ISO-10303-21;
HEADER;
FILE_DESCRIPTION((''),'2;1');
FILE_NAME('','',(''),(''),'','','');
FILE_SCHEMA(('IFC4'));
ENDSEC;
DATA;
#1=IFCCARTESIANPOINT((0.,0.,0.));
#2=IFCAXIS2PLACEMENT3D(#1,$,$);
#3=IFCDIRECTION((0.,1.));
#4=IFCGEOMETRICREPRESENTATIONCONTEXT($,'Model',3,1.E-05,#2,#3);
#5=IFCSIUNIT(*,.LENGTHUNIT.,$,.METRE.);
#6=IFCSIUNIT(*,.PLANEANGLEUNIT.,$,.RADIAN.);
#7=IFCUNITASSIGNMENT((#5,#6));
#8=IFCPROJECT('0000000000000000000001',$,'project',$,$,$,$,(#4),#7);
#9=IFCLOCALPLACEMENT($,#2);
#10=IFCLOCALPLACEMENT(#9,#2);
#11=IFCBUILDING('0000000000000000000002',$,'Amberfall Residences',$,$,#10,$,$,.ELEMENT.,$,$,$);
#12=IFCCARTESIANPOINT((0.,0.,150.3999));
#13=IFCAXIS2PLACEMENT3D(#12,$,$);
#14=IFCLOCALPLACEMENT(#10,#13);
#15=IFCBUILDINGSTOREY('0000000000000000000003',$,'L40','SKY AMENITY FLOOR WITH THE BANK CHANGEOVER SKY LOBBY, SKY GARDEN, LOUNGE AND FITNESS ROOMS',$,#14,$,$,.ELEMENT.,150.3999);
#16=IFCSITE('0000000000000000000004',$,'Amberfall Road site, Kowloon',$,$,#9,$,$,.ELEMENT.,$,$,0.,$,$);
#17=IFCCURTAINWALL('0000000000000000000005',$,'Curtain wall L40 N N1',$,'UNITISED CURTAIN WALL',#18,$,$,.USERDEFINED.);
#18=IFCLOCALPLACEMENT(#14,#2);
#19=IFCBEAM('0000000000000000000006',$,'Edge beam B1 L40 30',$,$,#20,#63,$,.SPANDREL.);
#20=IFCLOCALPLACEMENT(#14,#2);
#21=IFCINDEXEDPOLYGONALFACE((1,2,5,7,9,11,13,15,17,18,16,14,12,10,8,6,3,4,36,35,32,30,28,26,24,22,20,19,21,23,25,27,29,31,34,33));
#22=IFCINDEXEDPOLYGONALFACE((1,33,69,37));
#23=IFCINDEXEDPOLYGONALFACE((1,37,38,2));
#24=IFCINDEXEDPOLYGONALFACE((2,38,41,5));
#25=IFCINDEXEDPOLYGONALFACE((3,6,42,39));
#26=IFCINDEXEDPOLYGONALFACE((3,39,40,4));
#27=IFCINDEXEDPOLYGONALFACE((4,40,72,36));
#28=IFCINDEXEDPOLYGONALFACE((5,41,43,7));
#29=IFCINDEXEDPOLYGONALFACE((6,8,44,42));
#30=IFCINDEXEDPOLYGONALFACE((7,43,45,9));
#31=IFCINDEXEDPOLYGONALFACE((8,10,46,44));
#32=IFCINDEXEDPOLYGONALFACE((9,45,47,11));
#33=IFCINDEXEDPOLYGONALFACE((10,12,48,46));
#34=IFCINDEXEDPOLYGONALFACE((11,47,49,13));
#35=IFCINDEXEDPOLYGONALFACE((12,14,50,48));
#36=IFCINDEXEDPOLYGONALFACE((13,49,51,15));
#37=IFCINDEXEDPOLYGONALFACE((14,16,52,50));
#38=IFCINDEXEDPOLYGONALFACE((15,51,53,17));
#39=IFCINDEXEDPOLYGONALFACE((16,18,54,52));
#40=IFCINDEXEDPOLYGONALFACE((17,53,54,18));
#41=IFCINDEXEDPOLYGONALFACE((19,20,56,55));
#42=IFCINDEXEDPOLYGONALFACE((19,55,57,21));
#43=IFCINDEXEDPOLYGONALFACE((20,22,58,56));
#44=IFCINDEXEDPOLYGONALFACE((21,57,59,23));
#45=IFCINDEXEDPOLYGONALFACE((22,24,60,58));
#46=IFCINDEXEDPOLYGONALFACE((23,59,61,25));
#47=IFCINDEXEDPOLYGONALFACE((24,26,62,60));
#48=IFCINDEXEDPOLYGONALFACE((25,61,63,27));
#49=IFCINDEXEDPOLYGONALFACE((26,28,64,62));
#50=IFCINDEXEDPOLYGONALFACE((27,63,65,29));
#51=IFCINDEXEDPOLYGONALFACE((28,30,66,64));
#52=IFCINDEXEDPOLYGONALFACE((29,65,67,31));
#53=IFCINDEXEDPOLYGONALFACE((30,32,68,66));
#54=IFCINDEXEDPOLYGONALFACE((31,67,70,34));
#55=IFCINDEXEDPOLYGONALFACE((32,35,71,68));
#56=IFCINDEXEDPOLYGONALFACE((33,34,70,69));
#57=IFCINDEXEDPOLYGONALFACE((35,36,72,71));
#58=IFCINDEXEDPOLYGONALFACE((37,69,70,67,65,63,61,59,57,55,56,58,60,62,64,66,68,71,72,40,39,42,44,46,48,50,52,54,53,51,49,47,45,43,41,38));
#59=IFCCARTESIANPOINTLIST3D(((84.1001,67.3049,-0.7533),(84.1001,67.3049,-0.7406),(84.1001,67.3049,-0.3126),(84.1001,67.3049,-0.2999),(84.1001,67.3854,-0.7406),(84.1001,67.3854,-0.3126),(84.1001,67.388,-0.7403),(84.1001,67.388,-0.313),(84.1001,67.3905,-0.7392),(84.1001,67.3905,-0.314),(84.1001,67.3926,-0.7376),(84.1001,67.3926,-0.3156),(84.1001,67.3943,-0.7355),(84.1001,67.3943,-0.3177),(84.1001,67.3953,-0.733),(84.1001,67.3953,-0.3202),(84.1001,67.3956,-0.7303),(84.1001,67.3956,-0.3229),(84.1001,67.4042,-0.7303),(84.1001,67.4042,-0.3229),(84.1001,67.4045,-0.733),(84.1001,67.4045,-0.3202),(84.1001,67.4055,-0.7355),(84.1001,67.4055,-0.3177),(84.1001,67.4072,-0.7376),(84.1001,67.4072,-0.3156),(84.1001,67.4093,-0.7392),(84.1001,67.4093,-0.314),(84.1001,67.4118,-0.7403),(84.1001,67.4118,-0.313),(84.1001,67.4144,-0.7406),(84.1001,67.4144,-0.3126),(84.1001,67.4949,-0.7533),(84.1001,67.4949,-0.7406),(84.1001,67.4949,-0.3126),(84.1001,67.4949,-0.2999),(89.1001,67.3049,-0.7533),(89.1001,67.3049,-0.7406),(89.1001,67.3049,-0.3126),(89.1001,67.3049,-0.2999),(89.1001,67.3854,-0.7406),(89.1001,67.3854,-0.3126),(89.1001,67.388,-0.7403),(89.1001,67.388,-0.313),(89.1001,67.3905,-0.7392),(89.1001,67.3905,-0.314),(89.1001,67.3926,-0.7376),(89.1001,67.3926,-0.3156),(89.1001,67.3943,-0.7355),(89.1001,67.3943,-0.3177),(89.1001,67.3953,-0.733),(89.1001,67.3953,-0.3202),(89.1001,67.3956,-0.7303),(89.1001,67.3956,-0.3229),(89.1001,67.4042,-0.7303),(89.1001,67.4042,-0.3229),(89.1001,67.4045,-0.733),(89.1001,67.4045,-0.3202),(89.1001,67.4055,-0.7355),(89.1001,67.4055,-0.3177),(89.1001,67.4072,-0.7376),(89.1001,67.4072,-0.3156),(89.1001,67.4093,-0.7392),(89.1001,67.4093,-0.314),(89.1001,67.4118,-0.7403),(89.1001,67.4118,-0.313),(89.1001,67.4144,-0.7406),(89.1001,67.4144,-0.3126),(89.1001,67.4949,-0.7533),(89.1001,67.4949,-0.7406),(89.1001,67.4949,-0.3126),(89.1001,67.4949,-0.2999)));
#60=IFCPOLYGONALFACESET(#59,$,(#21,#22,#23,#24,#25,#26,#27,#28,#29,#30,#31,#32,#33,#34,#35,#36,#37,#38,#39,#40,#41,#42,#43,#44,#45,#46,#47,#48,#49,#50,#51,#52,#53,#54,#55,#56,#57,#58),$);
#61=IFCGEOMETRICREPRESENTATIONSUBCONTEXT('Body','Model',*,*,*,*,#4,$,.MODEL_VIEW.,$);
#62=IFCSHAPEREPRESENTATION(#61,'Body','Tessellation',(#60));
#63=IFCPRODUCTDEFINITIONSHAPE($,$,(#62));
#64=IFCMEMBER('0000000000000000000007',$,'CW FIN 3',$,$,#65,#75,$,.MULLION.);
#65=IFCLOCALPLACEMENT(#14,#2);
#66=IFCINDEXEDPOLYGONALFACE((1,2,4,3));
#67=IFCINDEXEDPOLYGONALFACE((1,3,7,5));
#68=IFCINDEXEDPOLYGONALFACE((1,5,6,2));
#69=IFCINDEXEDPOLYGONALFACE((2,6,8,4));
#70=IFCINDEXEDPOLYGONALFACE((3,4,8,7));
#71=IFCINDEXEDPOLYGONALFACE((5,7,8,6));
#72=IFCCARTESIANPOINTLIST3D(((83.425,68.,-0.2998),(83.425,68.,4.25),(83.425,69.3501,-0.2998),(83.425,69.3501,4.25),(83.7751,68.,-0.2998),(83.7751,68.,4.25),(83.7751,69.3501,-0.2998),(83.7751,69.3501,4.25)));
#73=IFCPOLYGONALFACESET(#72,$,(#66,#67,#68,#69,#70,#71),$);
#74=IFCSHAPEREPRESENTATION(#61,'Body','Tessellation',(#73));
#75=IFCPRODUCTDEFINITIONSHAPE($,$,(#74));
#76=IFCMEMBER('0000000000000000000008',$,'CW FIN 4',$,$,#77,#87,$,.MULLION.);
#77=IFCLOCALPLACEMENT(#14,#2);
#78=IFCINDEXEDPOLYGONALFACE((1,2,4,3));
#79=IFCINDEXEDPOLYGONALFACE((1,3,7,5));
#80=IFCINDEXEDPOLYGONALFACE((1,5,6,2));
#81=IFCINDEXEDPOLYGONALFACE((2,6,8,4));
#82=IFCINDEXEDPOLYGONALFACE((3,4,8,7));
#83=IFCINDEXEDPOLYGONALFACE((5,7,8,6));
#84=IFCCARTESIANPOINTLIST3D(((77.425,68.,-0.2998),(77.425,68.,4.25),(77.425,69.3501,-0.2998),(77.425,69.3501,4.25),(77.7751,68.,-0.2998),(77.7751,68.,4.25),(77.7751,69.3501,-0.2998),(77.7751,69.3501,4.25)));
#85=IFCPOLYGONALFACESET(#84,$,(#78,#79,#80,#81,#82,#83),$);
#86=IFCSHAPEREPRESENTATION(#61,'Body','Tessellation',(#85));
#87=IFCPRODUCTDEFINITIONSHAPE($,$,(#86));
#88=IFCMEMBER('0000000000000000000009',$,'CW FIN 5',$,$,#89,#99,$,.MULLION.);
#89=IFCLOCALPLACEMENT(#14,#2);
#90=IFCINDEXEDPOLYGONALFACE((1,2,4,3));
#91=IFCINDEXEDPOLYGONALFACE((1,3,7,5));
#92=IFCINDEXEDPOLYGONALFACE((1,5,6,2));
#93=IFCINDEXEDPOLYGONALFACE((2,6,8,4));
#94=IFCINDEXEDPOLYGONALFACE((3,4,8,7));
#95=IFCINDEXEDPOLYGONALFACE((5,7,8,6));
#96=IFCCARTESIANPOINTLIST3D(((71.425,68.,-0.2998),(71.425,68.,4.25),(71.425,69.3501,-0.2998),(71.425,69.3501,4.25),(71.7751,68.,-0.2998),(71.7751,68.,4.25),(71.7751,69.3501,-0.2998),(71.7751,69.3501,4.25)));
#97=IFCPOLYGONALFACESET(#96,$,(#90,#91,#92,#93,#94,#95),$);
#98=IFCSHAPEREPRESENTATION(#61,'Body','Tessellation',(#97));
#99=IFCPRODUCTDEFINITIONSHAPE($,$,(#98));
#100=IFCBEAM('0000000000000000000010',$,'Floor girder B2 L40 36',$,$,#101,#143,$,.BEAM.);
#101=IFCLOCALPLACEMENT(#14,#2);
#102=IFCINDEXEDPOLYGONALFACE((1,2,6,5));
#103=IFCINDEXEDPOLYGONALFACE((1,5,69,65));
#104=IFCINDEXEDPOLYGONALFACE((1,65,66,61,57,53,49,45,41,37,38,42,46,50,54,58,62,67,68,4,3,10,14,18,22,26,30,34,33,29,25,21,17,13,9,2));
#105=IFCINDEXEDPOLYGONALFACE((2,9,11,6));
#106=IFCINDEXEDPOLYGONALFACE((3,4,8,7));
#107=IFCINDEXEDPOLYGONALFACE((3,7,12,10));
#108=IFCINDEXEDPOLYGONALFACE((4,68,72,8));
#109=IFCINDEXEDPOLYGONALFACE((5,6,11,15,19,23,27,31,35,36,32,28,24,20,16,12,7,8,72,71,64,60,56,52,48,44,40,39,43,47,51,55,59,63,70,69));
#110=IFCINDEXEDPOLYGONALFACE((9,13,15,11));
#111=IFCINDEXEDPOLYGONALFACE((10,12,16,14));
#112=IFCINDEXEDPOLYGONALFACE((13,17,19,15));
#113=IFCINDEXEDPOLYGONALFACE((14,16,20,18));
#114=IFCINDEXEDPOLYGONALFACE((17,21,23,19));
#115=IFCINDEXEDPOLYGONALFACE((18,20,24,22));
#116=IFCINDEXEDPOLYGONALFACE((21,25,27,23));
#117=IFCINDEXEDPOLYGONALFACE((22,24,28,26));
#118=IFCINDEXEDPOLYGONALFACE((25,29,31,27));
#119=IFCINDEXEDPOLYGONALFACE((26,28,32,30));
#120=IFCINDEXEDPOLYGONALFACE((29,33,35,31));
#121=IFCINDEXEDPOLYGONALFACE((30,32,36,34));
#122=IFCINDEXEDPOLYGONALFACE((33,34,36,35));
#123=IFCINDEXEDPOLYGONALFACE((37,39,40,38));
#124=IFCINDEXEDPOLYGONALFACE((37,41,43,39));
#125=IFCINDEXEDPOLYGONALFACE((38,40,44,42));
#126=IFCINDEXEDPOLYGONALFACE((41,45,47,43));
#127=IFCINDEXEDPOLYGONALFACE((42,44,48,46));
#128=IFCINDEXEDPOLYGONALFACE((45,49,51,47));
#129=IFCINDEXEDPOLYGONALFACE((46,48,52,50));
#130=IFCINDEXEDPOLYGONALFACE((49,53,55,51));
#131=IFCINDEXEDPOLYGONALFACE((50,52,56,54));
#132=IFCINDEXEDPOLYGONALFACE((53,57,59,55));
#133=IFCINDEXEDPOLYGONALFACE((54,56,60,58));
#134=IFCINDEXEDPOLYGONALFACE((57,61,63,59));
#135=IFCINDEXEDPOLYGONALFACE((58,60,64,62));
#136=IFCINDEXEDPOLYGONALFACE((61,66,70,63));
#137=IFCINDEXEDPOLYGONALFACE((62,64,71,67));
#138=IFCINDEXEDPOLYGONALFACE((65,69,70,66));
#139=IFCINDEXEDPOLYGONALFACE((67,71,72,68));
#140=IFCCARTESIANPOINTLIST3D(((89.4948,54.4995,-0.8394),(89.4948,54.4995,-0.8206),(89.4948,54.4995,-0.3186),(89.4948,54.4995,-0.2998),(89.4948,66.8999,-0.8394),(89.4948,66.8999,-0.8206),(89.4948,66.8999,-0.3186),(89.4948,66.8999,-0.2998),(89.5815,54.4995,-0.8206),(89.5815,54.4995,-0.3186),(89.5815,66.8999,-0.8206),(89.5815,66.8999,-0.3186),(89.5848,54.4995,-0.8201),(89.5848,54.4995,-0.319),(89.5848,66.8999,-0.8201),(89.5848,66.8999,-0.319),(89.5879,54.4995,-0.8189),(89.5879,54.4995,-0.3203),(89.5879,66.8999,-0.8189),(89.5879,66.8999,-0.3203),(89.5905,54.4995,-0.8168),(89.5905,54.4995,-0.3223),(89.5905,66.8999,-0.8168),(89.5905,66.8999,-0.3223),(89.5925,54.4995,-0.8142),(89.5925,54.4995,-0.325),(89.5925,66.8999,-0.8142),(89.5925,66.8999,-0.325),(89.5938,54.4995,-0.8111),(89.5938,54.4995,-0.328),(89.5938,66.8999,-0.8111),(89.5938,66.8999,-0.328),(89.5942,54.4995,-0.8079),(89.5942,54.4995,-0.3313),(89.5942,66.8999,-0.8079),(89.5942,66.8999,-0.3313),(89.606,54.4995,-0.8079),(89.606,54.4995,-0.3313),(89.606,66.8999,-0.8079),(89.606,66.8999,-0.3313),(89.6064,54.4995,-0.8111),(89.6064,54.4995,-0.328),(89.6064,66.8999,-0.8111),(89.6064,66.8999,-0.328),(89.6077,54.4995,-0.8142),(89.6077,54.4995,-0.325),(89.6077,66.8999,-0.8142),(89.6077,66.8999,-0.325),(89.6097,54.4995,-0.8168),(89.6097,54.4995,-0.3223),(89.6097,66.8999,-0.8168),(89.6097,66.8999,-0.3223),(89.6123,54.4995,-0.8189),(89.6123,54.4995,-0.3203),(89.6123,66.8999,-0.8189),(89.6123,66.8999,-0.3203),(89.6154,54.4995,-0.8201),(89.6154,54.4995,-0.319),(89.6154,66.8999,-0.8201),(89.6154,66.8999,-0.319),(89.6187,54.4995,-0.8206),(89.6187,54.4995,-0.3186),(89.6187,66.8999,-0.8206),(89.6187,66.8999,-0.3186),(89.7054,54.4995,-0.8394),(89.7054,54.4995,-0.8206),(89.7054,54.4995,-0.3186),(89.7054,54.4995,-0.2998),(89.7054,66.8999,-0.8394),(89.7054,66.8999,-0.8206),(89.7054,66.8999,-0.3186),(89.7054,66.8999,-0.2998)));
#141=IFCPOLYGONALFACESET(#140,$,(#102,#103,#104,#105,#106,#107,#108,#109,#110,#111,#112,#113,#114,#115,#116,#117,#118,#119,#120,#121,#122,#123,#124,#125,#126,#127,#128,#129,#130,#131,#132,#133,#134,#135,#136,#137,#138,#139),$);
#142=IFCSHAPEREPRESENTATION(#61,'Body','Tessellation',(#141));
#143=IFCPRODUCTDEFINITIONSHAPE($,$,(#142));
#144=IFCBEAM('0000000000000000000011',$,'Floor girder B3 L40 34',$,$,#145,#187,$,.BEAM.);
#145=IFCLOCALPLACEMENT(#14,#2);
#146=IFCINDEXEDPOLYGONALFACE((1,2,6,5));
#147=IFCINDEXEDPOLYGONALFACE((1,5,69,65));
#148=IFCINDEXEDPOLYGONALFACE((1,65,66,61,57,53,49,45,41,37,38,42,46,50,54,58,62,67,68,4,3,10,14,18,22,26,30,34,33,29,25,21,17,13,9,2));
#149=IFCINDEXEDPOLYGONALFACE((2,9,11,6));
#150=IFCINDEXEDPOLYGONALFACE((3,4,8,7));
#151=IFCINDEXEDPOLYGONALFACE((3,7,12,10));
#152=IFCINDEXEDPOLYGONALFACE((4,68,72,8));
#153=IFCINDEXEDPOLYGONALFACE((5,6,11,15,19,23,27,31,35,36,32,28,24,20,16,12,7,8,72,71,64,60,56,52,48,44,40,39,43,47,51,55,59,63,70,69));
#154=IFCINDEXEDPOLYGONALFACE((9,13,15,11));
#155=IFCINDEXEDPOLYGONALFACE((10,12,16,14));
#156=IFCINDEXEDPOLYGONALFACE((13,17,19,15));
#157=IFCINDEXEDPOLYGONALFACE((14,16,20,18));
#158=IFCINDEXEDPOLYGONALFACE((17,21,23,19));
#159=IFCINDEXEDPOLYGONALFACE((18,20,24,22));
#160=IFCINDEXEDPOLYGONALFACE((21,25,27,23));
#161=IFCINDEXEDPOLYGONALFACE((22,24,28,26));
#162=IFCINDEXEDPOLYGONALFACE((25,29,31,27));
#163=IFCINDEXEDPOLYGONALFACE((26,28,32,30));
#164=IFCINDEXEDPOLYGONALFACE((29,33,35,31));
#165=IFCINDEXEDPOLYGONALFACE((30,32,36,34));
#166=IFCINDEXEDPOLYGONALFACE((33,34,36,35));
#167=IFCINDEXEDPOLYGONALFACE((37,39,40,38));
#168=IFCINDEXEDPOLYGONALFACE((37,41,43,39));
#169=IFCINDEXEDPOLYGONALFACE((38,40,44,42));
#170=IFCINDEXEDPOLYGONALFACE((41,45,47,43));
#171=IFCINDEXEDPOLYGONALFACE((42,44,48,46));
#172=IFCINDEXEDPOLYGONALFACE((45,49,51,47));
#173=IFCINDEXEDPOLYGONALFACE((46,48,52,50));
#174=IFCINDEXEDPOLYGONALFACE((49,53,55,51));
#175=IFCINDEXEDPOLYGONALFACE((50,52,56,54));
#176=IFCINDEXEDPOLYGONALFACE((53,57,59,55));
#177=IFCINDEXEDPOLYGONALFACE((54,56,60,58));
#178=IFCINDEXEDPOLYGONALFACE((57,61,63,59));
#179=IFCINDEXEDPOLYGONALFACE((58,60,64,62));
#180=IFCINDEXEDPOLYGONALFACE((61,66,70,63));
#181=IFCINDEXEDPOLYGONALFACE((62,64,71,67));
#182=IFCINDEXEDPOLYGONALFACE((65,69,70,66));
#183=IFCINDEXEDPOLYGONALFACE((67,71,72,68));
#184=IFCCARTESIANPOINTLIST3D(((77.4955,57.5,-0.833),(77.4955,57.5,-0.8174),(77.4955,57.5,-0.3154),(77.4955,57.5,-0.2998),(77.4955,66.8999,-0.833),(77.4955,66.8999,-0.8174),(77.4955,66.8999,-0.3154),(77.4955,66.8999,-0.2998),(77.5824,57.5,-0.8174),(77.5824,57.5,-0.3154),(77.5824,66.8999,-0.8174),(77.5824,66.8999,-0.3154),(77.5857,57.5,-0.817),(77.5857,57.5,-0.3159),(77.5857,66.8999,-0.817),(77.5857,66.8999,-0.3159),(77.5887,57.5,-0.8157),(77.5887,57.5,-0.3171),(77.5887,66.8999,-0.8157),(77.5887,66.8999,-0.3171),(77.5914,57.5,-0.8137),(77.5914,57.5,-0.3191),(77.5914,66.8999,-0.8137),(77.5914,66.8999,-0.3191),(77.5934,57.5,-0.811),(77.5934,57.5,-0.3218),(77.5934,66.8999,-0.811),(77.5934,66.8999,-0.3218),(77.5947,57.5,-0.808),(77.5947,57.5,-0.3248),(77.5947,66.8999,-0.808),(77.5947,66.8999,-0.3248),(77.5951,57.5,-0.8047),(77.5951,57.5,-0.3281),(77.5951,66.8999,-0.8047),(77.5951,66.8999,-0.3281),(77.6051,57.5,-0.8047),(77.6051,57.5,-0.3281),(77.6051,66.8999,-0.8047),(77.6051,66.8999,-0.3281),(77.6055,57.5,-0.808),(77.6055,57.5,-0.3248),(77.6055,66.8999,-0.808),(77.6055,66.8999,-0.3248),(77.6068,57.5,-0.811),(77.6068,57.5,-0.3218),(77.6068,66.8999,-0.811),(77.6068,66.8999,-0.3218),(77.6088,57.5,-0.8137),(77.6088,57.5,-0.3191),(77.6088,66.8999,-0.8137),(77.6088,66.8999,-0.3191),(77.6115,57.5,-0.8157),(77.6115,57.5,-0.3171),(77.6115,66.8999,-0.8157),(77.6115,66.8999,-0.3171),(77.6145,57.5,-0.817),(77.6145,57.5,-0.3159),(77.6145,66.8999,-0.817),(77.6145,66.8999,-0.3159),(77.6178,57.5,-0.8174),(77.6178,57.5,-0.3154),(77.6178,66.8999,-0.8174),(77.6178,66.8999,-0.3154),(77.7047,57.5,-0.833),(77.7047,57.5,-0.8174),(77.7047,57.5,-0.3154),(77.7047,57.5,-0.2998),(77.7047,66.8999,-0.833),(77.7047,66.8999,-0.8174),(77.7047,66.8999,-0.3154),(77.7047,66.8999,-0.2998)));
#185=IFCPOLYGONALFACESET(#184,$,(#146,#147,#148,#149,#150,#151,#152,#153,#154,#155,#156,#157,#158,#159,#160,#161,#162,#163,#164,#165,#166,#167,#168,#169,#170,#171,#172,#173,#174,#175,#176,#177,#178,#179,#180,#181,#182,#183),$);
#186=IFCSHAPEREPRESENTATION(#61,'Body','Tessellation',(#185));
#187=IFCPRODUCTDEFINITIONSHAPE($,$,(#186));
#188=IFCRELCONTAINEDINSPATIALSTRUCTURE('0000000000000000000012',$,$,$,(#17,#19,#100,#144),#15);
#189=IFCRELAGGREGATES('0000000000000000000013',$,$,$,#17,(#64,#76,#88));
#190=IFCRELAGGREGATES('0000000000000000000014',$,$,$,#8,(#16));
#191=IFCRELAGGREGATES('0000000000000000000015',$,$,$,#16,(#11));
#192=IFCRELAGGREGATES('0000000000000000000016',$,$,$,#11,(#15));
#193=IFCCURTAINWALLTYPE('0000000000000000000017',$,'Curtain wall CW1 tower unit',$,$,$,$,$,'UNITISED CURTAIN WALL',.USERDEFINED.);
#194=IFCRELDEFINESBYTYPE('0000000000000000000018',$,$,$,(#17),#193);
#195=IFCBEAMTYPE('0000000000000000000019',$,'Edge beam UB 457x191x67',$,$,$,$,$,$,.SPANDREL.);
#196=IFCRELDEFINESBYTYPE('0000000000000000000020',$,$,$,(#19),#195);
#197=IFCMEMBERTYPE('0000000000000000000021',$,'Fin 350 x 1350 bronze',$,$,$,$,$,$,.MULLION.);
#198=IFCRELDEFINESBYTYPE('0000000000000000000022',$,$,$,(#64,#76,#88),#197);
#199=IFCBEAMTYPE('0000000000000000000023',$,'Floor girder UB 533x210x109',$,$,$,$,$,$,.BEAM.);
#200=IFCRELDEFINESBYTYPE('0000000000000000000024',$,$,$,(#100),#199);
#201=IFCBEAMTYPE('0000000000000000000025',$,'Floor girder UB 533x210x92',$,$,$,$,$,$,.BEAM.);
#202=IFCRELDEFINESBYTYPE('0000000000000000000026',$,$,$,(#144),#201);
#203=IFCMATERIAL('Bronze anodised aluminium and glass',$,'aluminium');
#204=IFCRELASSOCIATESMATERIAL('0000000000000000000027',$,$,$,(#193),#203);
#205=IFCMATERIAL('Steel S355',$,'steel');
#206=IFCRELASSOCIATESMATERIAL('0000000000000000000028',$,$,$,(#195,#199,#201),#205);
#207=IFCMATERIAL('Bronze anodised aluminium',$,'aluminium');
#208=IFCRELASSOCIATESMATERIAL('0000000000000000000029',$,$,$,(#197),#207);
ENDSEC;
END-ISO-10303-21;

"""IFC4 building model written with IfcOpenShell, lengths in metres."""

from ifc_helpers import new_model, si_unit, direction, frame, origin, origin_2d, place, context, subcontext, project, spatial, rectangle, i_section, extrude, material, material_profile, profile_set, type_object, element, aggregate, save


model = new_model("IFC4")

# Units and contexts
model_context = context("Model", 3, precision=1e-05, world=origin(), true_north=direction((0.0, 1.0)))
body_context = subcontext(model_context, "Body", "Model", "MODEL_VIEW")
ifc_project = project(units=[si_unit("LENGTHUNIT", "METRE"), si_unit("PLANEANGLEUNIT", "RADIAN")], contexts=[model_context])

# Site, building, storey
site_placement = place(None, origin())
site = spatial("IfcSite", under=ifc_project, at=site_placement, Name="Amberfall Road site, Kowloon", CompositionType="ELEMENT", RefElevation=0.0)
building_placement = place(site_placement, origin())
building = spatial("IfcBuilding", under=site, at=building_placement, Name="Amberfall Residences", CompositionType="ELEMENT")
storey_placement = place(building_placement, frame((0.0, 0.0, 150.3999)))
storey = spatial("IfcBuildingStorey", under=building, at=storey_placement, Name="L40", Description="SKY AMENITY FLOOR WITH THE BANK CHANGEOVER SKY LOBBY, SKY GARDEN, LOUNGE AND FITNESS ROOMS", CompositionType="ELEMENT", Elevation=150.3999)

# Curtain wall
ifc_material_1 = material(Name="Bronze anodised aluminium and glass", Category="aluminium")
curtain_wall_type = type_object("IfcCurtainWallType", Name="Curtain wall CW1 tower unit", ElementType="UNITISED CURTAIN WALL", PredefinedType="USERDEFINED", material=ifc_material_1)
curtain_wall_placement = place(storey_placement, origin())
curtain_wall = element("IfcCurtainWall", 1, at=curtain_wall_placement, inside=storey, type_object=curtain_wall_type, Name="Curtain wall L40 N N1", ObjectType="UNITISED CURTAIN WALL", PredefinedType="USERDEFINED")
ifc_material_2 = material(Name="Bronze anodised aluminium", Category="aluminium")

# Beam
ifc_material_3 = material(Name="Steel S355", Category="steel")
ifc_material_profile_1 = material_profile(ifc_material_3, i_section(OverallWidth=0.1899, OverallDepth=0.4534, WebThickness=0.0085, FlangeThickness=0.0127, FilletRadius=0.0103, at=origin_2d()), Name="UB 457x191x67")
ifc_profile_set_1 = profile_set([ifc_material_profile_1], Name="Steel S355")
beam_type_1 = type_object("IfcBeamType", Name="Edge beam UB 457x191x67", PredefinedType="SPANDREL", material=ifc_profile_set_1)
for number, where, z_axis, x_axis, name in (
    (2, (84.1001, 67.3999, -0.5266), (1.0, 0.0, 0.0), (0.0, 1.0, 0.0), "Edge beam B1 L40 30"),
):
    element("IfcBeam", number, at=place(storey_placement, frame(where, z_axis=z_axis, x_axis=x_axis)), inside=storey, type_object=beam_type_1, Name=name, PredefinedType="SPANDREL", context=body_context, shape_type="SweptSolid", body=[
        extrude(i_section(OverallWidth=0.1899, OverallDepth=0.4534, WebThickness=0.0085, FlangeThickness=0.0127, FilletRadius=0.0103, at=origin_2d()), origin(), (0.0, 0.0, 1.0), 5.0),
    ])

# Members
ifc_material_profile_2 = material_profile(ifc_material_2, rectangle(XDim=1.3501, YDim=0.3501, at=origin_2d()), Name="Fin 350 x 1350 bronze")
ifc_profile_set_2 = profile_set([ifc_material_profile_2], Name="Bronze anodised aluminium")
member_type_1 = type_object("IfcMemberType", Name="Fin 350 x 1350 bronze", PredefinedType="MULLION", material=ifc_profile_set_2)
member_1_placement = place(storey_placement, frame((83.6001, 68.675, -0.2998), z_axis=(0.0, 0.0, 1.0), x_axis=(0.0, -1.0, 0.0)))
member_1 = element("IfcMember", 3, at=member_1_placement, type_object=member_type_1, Name="CW FIN 3", PredefinedType="MULLION", context=body_context, shape_type="SweptSolid", body=[
    extrude(rectangle(XDim=1.3501, YDim=0.3501, at=origin_2d()), origin(), (0.0, 0.0, 1.0), 4.5498),
])
member_2_placement = place(storey_placement, frame((77.6001, 68.675, -0.2998), z_axis=(0.0, 0.0, 1.0), x_axis=(0.0, -1.0, 0.0)))
member_2 = element("IfcMember", 4, at=member_2_placement, type_object=member_type_1, Name="CW FIN 4", PredefinedType="MULLION", context=body_context, shape_type="SweptSolid", body=[
    extrude(rectangle(XDim=1.3501, YDim=0.3501, at=origin_2d()), origin(), (0.0, 0.0, 1.0), 4.5498),
])
member_3_placement = place(storey_placement, frame((71.6001, 68.675, -0.2998), z_axis=(0.0, 0.0, 1.0), x_axis=(0.0, -1.0, 0.0)))
member_3 = element("IfcMember", 5, at=member_3_placement, type_object=member_type_1, Name="CW FIN 5", PredefinedType="MULLION", context=body_context, shape_type="SweptSolid", body=[
    extrude(rectangle(XDim=1.3501, YDim=0.3501, at=origin_2d()), origin(), (0.0, 0.0, 1.0), 4.5498),
])

# Beams
ifc_material_profile_3 = material_profile(ifc_material_3, i_section(OverallWidth=0.2107, OverallDepth=0.5396, WebThickness=0.0117, FlangeThickness=0.0188, FilletRadius=0.0127, at=origin_2d()), Name="UB 533x210x109")
ifc_profile_set_3 = profile_set([ifc_material_profile_3], Name="Steel S355")
beam_type_2 = type_object("IfcBeamType", Name="Floor girder UB 533x210x109", PredefinedType="BEAM", material=ifc_profile_set_3)
beam_placement = place(storey_placement, frame((89.6001, 66.8999, -0.5696), z_axis=(0.0, -1.0, 0.0), x_axis=(1.0, 0.0, 0.0)))
element("IfcBeam", 6, at=beam_placement, inside=storey, type_object=beam_type_2, Name="Floor girder B2 L40 36", PredefinedType="BEAM", context=body_context, shape_type="SweptSolid", body=[
    extrude(i_section(OverallWidth=0.2107, OverallDepth=0.5396, WebThickness=0.0117, FlangeThickness=0.0188, FilletRadius=0.0127, at=origin_2d()), origin(), (0.0, 0.0, 1.0), 12.4004),
])
ifc_material_profile_4 = material_profile(ifc_material_3, i_section(OverallWidth=0.2092, OverallDepth=0.5332, WebThickness=0.01, FlangeThickness=0.0156, FilletRadius=0.0127, at=origin_2d()), Name="UB 533x210x92")
ifc_profile_set_4 = profile_set([ifc_material_profile_4], Name="Steel S355")
beam_type_3 = type_object("IfcBeamType", Name="Floor girder UB 533x210x92", PredefinedType="BEAM", material=ifc_profile_set_4)
for number, where, z_axis, x_axis, name in (
    (7, (77.6001, 66.8999, -0.5664), (0.0, -1.0, 0.0), (1.0, 0.0, 0.0), "Floor girder B3 L40 34"),
):
    element("IfcBeam", number, at=place(storey_placement, frame(where, z_axis=z_axis, x_axis=x_axis)), inside=storey, type_object=beam_type_3, Name=name, PredefinedType="BEAM", context=body_context, shape_type="SweptSolid", body=[
        extrude(i_section(OverallWidth=0.2092, OverallDepth=0.5332, WebThickness=0.01, FlangeThickness=0.0156, FilletRadius=0.0127, at=origin_2d()), origin(), (0.0, 0.0, 1.0), 9.3999),
    ])

aggregate(curtain_wall, [member_1, member_2, member_3])

save(model, "model.ifc")
